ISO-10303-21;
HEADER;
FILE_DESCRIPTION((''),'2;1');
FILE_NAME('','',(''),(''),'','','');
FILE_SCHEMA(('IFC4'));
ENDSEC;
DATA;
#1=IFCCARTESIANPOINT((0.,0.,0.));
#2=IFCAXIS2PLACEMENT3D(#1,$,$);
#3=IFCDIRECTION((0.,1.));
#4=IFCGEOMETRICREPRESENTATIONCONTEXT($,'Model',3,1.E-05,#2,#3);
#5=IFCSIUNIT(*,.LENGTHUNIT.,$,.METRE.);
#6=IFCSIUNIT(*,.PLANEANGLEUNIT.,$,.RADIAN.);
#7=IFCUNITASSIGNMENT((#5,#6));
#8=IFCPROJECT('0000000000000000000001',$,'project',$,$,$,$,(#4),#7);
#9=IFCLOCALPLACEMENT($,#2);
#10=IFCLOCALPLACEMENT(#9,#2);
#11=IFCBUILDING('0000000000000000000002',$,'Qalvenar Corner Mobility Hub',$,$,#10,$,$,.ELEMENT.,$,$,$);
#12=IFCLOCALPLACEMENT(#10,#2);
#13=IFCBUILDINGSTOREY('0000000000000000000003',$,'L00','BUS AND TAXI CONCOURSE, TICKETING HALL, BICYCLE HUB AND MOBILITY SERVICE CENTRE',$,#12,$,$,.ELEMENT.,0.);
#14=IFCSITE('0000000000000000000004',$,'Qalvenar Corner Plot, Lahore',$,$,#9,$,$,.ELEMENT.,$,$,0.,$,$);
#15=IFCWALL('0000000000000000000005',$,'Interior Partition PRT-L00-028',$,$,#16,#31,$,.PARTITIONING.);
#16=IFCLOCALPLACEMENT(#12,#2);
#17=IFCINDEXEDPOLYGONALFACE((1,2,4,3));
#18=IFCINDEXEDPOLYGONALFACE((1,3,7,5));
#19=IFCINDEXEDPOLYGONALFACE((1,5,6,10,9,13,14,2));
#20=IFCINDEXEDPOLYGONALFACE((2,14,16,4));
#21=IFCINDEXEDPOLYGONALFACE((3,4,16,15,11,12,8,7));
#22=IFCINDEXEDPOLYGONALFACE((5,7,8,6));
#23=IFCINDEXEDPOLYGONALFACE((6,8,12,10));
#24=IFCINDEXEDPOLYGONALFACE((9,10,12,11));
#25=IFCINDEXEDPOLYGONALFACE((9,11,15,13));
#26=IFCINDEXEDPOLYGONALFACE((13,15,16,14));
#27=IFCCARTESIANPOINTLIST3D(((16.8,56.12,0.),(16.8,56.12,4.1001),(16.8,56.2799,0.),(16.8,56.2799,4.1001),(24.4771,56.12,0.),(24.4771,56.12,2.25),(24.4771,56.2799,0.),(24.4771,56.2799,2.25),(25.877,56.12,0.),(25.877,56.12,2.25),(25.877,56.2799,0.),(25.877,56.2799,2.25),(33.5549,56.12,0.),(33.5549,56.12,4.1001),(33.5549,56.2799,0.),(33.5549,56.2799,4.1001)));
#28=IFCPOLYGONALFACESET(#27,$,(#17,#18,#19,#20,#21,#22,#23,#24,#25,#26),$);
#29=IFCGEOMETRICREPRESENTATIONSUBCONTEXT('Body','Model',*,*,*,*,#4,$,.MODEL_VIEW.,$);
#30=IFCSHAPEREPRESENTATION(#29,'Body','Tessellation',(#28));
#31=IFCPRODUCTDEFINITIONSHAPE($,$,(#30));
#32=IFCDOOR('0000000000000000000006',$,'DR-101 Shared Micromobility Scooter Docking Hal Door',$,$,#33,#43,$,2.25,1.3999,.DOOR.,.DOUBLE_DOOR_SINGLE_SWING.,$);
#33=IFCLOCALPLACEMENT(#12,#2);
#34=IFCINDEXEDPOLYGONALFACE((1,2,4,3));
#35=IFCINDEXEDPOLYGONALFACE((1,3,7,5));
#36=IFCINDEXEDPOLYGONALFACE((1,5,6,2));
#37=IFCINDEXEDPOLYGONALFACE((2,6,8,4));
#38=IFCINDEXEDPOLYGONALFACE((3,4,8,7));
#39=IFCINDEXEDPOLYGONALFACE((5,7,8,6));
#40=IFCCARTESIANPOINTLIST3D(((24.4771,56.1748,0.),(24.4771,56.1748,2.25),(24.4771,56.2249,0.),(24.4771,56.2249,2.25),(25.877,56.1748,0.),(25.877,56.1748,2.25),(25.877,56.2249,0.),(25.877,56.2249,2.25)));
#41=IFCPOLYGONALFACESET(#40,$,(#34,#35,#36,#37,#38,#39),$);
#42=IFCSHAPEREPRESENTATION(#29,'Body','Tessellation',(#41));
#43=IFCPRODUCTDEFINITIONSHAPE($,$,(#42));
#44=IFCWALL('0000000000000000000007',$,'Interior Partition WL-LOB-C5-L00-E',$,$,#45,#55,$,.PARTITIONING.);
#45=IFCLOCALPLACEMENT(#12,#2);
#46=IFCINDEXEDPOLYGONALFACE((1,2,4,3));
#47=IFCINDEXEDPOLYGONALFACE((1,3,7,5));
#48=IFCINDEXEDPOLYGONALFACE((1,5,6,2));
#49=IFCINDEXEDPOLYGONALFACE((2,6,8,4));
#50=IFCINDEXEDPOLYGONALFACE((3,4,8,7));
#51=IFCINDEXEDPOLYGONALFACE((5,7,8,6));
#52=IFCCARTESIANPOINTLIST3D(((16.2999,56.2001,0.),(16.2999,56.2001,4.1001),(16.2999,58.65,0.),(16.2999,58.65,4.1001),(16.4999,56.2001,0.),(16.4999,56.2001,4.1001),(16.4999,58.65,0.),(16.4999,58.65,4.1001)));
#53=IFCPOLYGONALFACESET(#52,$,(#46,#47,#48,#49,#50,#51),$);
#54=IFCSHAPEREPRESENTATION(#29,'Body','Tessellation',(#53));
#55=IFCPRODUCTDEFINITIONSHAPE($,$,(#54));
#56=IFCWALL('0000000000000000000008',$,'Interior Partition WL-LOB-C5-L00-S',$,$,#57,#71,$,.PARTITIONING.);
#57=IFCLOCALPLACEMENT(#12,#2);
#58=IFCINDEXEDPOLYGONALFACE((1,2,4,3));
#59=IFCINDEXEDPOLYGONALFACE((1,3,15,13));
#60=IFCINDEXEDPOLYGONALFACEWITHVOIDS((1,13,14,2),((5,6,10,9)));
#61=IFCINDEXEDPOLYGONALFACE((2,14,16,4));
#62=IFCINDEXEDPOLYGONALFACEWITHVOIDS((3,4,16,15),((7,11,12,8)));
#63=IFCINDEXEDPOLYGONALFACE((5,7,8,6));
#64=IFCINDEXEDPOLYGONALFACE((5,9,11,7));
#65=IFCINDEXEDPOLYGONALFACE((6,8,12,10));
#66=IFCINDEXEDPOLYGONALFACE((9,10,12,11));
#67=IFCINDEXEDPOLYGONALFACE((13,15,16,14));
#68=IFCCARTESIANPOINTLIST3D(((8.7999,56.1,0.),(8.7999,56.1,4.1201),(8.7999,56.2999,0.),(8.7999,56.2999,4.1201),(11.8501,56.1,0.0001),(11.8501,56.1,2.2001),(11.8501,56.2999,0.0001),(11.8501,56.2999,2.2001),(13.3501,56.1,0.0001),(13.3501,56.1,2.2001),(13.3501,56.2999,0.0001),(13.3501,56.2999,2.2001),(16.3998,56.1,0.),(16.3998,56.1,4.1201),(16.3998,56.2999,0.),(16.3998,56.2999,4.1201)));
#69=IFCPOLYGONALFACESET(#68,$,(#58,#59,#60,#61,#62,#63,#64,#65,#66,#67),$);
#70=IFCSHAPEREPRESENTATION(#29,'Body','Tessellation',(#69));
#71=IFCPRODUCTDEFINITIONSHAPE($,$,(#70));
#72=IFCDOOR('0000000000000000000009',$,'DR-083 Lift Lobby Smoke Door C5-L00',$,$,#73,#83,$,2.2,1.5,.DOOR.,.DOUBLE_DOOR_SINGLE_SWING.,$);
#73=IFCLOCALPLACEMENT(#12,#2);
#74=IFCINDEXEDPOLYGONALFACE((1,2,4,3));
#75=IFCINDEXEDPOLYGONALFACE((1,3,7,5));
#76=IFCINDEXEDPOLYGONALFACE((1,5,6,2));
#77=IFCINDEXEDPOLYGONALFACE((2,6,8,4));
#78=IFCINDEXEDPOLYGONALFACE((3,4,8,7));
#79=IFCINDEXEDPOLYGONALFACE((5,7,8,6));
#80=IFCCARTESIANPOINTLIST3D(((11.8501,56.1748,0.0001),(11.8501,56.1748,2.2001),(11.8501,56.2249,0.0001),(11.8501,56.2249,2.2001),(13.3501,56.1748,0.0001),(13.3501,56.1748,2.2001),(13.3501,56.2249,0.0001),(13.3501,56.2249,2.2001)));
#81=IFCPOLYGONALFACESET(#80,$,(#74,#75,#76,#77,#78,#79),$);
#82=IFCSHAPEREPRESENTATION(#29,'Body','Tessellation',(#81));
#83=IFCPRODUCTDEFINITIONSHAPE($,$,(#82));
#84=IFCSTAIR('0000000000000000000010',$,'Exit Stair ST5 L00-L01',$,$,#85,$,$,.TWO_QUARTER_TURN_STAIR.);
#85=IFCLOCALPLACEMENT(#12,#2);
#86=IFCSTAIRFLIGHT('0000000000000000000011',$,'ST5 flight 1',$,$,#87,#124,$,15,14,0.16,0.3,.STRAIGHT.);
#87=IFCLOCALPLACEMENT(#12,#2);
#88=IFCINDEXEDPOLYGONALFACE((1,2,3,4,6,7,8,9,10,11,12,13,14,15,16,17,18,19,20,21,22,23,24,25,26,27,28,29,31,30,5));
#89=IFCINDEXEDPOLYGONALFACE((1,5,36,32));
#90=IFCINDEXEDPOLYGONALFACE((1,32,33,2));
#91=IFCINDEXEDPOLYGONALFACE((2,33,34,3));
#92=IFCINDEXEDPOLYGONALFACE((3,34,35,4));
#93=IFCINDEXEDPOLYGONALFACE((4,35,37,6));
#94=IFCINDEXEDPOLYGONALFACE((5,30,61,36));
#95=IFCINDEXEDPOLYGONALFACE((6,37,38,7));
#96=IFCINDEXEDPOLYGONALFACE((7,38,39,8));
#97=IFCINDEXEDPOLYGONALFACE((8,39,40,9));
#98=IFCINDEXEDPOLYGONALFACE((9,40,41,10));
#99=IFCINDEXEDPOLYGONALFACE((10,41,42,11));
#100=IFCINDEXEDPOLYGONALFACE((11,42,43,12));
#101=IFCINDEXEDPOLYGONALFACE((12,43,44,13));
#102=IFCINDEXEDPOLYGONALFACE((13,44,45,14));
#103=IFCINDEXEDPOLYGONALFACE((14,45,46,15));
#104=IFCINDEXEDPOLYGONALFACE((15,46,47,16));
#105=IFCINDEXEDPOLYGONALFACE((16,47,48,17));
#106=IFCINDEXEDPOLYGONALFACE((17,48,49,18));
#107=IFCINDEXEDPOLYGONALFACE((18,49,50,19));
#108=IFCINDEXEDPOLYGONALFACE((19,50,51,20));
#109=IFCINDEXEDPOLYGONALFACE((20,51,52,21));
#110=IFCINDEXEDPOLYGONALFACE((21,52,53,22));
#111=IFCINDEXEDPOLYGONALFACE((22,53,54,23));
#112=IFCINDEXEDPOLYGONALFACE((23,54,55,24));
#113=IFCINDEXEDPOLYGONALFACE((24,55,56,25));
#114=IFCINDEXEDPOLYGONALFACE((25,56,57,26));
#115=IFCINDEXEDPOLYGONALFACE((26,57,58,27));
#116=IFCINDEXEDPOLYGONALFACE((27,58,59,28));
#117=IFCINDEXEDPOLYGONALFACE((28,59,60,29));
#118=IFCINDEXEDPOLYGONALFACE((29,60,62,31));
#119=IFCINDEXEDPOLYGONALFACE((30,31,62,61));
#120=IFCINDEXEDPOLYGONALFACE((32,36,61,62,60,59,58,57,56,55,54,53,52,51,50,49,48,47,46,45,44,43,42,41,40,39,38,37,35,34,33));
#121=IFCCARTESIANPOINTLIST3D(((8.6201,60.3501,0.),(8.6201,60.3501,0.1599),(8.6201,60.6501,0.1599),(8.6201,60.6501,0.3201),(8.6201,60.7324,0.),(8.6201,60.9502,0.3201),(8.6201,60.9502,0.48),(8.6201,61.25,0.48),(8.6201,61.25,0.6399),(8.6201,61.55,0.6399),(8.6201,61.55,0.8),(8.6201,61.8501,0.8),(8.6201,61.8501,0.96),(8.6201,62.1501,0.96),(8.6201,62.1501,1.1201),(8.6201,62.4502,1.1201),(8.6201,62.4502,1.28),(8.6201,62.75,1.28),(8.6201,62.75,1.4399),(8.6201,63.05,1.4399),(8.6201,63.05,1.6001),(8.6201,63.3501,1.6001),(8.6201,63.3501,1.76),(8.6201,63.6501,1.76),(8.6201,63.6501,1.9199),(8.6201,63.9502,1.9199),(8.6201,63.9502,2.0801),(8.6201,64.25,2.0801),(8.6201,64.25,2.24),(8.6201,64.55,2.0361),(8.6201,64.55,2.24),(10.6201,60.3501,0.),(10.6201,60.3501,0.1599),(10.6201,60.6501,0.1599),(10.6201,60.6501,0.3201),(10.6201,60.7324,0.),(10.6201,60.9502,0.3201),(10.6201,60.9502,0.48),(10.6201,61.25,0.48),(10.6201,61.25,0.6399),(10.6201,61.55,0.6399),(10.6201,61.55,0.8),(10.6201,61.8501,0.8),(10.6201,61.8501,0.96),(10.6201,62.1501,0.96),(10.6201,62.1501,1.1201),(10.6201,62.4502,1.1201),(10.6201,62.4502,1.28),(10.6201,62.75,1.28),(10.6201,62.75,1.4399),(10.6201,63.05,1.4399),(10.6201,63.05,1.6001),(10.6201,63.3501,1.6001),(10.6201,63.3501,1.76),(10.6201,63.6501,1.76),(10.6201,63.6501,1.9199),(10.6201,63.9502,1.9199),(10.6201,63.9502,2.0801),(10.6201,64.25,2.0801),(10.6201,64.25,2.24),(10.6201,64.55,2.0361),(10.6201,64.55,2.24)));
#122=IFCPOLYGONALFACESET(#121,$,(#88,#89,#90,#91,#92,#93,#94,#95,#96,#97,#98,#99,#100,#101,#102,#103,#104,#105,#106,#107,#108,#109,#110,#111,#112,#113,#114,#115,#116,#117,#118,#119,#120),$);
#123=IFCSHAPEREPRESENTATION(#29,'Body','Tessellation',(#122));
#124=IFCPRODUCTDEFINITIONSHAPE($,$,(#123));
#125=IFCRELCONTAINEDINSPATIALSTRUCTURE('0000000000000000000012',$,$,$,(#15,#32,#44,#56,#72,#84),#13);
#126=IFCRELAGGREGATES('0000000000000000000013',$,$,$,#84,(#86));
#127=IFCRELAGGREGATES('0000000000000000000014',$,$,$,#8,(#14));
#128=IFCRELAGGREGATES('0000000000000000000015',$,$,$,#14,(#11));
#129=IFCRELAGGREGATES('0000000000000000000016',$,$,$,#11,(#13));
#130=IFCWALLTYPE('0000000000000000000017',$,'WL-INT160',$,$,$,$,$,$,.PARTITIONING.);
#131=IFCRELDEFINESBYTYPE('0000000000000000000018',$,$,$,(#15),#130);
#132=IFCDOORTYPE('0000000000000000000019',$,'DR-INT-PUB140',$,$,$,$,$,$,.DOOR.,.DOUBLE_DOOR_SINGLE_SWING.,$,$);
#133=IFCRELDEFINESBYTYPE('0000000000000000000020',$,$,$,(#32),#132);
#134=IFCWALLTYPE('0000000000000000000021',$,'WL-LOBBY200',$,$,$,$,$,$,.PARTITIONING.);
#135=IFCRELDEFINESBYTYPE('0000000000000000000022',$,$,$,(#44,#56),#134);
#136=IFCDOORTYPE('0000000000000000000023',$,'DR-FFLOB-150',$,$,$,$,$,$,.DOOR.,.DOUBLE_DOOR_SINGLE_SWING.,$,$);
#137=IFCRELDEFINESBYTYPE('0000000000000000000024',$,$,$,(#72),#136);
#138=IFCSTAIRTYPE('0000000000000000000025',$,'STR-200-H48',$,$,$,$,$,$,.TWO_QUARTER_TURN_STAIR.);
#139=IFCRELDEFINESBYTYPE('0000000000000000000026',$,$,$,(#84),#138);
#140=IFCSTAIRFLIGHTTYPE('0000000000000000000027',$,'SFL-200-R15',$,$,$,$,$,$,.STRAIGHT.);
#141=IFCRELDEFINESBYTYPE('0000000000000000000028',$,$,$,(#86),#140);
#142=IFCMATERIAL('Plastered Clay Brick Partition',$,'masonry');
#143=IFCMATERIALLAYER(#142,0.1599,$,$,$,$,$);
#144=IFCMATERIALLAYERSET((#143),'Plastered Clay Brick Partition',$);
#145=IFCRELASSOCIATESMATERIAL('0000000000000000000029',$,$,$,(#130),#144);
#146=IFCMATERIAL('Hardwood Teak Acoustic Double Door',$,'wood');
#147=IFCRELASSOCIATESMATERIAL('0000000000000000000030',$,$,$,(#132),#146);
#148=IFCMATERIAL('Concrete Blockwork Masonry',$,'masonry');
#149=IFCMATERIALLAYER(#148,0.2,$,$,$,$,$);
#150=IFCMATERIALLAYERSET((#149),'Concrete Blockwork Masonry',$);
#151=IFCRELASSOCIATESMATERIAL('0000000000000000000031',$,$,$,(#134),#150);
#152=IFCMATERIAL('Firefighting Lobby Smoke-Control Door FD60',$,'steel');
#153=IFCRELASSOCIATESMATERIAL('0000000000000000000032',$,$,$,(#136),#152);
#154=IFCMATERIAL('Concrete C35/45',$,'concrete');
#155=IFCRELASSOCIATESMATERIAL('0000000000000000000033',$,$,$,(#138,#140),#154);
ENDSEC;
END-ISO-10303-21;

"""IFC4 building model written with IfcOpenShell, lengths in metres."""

from ifc_helpers import new_model, si_unit, direction, frame, frame_2d, origin, place, context, subcontext, project, spatial, polyline, rectangle, outline, extrude, material, layer, layer_set, type_object, element, fill, aggregate, save


model = new_model("IFC4")

# Units and contexts
model_context = context("Model", 3, precision=1e-05, world=origin(), true_north=direction((0.0, 1.0)))
body_context = subcontext(model_context, "Body", "Model", "MODEL_VIEW")
ifc_project = project(units=[si_unit("LENGTHUNIT", "METRE"), si_unit("PLANEANGLEUNIT", "RADIAN")], contexts=[model_context])

# Site, building, storey
site_placement = place(None, origin())
site = spatial("IfcSite", under=ifc_project, at=site_placement, Name="Qalvenar Corner Plot, Lahore", CompositionType="ELEMENT", RefElevation=0.0)
building_placement = place(site_placement, origin())
building = spatial("IfcBuilding", under=site, at=building_placement, Name="Qalvenar Corner Mobility Hub", CompositionType="ELEMENT")
storey_placement = place(building_placement, origin())
storey = spatial("IfcBuildingStorey", under=building, at=storey_placement, Name="L00", Description="BUS AND TAXI CONCOURSE, TICKETING HALL, BICYCLE HUB AND MOBILITY SERVICE CENTRE", CompositionType="ELEMENT", Elevation=0.0)

# Wall, opening, door
ifc_material_1 = material(Name="Plastered Clay Brick Partition", Category="masonry")
ifc_layer_1 = layer(ifc_material_1, 0.1599)
ifc_layer_set_1 = layer_set([ifc_layer_1], Name="Plastered Clay Brick Partition")
wall_type_1 = type_object("IfcWallType", Name="WL-INT160", PredefinedType="PARTITIONING", material=ifc_layer_set_1)
wall_1_placement = place(storey_placement, frame((16.8, 56.2, 0.0), z_axis=(0.0, 0.0, 1.0), x_axis=(1.0, 0.0, 0.0)))
wall_1 = element("IfcWall", 1, at=wall_1_placement, inside=storey, type_object=wall_type_1, Name="Interior Partition PRT-L00-028", PredefinedType="PARTITIONING", context=body_context, shape_type="SweptSolid", body=[
    extrude(rectangle(XDim=16.7549, YDim=0.1599, at=frame_2d((8.3774, 0.0))), origin(), (0.0, 0.0, 1.0), 4.1001),
])
opening_1_placement = place(wall_1_placement, frame((7.677, 0.0, 0.0)))
opening_1 = element("IfcOpeningElement", 2, at=opening_1_placement, cuts=wall_1, PredefinedType="OPENING", context=body_context, shape_type="SweptSolid", body=[
    extrude(rectangle(XDim=1.3999, YDim=2.25, at=frame_2d((0.7, 1.125))), frame((0.0, 0.0898, 0.0), z_axis=(0.0, -1.0, 0.0), x_axis=(1.0, 0.0, 0.0)), (0.0, 0.0, 1.0), 0.1799),
])
ifc_material_2 = material(Name="Hardwood Teak Acoustic Double Door", Category="wood")
door_type_1 = type_object("IfcDoorType", Name="DR-INT-PUB140", OperationType="DOUBLE_DOOR_SINGLE_SWING", PredefinedType="DOOR", material=ifc_material_2)
door_1_placement = place(opening_1_placement, origin())
door_1 = element("IfcDoor", 3, at=door_1_placement, inside=storey, type_object=door_type_1, Name="DR-101 Shared Micromobility Scooter Docking Hal Door", OperationType="DOUBLE_DOOR_SINGLE_SWING", OverallHeight=2.25, OverallWidth=1.3999, PredefinedType="DOOR", context=body_context, shape_type="SweptSolid", body=[
    extrude(rectangle(XDim=1.3999, YDim=2.25, at=frame_2d((0.7, 1.125))), frame((0.0, 0.0249, 0.0), z_axis=(0.0, -1.0, 0.0), x_axis=(1.0, 0.0, 0.0)), (0.0, 0.0, 1.0), 0.05),
])
fill(opening_1, door_1)

# Wall
ifc_material_3 = material(Name="Concrete Blockwork Masonry", Category="masonry")
ifc_layer_2 = layer(ifc_material_3, 0.2)
ifc_layer_set_2 = layer_set([ifc_layer_2], Name="Concrete Blockwork Masonry")
wall_type_2 = type_object("IfcWallType", Name="WL-LOBBY200", PredefinedType="PARTITIONING", material=ifc_layer_set_2)
wall_2_placement = place(storey_placement, frame((16.3999, 56.2, 0.0), z_axis=(0.0, 0.0, 1.0), x_axis=(0.0, 1.0, 0.0)))
element("IfcWall", 4, at=wall_2_placement, inside=storey, type_object=wall_type_2, Name="Interior Partition WL-LOB-C5-L00-E", PredefinedType="PARTITIONING", context=body_context, shape_type="SweptSolid", body=[
    extrude(rectangle(XDim=2.45, YDim=0.2, at=frame_2d((1.2251, 0.0))), origin(), (0.0, 0.0, 1.0), 4.1001),
])

# Wall, opening, door
wall_3_placement = place(storey_placement, frame((8.8, 56.2, 0.0), z_axis=(0.0, 0.0, 1.0), x_axis=(1.0, 0.0, 0.0)))
wall_3 = element("IfcWall", 5, at=wall_3_placement, inside=storey, type_object=wall_type_2, Name="Interior Partition WL-LOB-C5-L00-S", PredefinedType="PARTITIONING", context=body_context, shape_type="SweptSolid", body=[
    extrude(rectangle(XDim=7.5999, YDim=0.2, at=frame_2d((3.7998, 0.0))), origin(), (0.0, 0.0, 1.0), 4.1201),
])
opening_2_placement = place(wall_3_placement, frame((3.05, 0.0, 0.0)))
opening_2 = element("IfcOpeningElement", 6, at=opening_2_placement, cuts=wall_3, PredefinedType="OPENING", context=body_context, shape_type="SweptSolid", body=[
    extrude(rectangle(XDim=1.5, YDim=2.2, at=frame_2d((0.75, 1.1001))), frame((0.0, 0.1099, 0.0), z_axis=(0.0, -1.0, 0.0), x_axis=(1.0, 0.0, 0.0)), (0.0, 0.0, 1.0), 0.22),
])
ifc_material_4 = material(Name="Firefighting Lobby Smoke-Control Door FD60", Category="steel")
door_type_2 = type_object("IfcDoorType", Name="DR-FFLOB-150", OperationType="DOUBLE_DOOR_SINGLE_SWING", PredefinedType="DOOR", material=ifc_material_4)
door_2_placement = place(opening_2_placement, origin())
door_2 = element("IfcDoor", 7, at=door_2_placement, inside=storey, type_object=door_type_2, Name="DR-083 Lift Lobby Smoke Door C5-L00", OperationType="DOUBLE_DOOR_SINGLE_SWING", OverallHeight=2.2, OverallWidth=1.5, PredefinedType="DOOR", context=body_context, shape_type="SweptSolid", body=[
    extrude(rectangle(XDim=1.5, YDim=2.2, at=frame_2d((0.75, 1.1001))), frame((0.0, 0.0249, 0.0), z_axis=(0.0, -1.0, 0.0), x_axis=(1.0, 0.0, 0.0)), (0.0, 0.0, 1.0), 0.05),
])
fill(opening_2, door_2)

# Stair, stair flight
ifc_material_5 = material(Name="Concrete C35/45", Category="concrete")
stair_type = type_object("IfcStairType", Name="STR-200-H48", PredefinedType="TWO_QUARTER_TURN_STAIR", material=ifc_material_5)
stair_placement = place(storey_placement, origin())
stair = element("IfcStair", 8, at=stair_placement, inside=storey, type_object=stair_type, Name="Exit Stair ST5 L00-L01", PredefinedType="TWO_QUARTER_TURN_STAIR")
stair_flight_type = type_object("IfcStairFlightType", Name="SFL-200-R15", PredefinedType="STRAIGHT", material=ifc_material_5)
stair_flight_placement = place(storey_placement, frame((9.6201, 60.3501, 0.0), z_axis=(0.0, 0.0, 1.0), x_axis=(0.0, 1.0, 0.0)))
stair_flight = element("IfcStairFlight", 9, at=stair_flight_placement, type_object=stair_flight_type, Name="ST5 flight 1", NumberOfRisers=15, NumberOfTreads=14, PredefinedType="STRAIGHT", RiserHeight=0.16, TreadLength=0.3, context=body_context, shape_type="SweptSolid", body=[
    extrude(outline(polyline([(0.0, 0.0), (0.0, 0.1599), (0.3, 0.1599), (0.3, 0.3201), (0.6001, 0.3201), (0.6001, 0.48), (0.8999, 0.48), (0.8999, 0.6399), (1.2, 0.6399), (1.2, 0.8), (1.5, 0.8), (1.5, 0.96), (1.8, 0.96), (1.8, 1.1201), (2.1001, 1.1201), (2.1001, 1.28), (2.3999, 1.28), (2.3999, 1.4399), (2.7, 1.4399), (2.7, 1.6001), (3.0, 1.6001), (3.0, 1.76), (3.3, 1.76), (3.3, 1.9199), (3.6001, 1.9199), (3.6001, 2.0801), (3.8999, 2.0801), (3.8999, 2.24), (4.2, 2.24), (4.2, 2.3999), (4.2, 2.0361), (0.3823, 0.0), (0.0, 0.0)])), frame((0.0, 1.0, 0.0), z_axis=(0.0, -1.0, 0.0), x_axis=(1.0, 0.0, 0.0)), (0.0, 0.0, 1.0), 2.0),
])
aggregate(stair, [stair_flight])

save(model, "model.ifc")
